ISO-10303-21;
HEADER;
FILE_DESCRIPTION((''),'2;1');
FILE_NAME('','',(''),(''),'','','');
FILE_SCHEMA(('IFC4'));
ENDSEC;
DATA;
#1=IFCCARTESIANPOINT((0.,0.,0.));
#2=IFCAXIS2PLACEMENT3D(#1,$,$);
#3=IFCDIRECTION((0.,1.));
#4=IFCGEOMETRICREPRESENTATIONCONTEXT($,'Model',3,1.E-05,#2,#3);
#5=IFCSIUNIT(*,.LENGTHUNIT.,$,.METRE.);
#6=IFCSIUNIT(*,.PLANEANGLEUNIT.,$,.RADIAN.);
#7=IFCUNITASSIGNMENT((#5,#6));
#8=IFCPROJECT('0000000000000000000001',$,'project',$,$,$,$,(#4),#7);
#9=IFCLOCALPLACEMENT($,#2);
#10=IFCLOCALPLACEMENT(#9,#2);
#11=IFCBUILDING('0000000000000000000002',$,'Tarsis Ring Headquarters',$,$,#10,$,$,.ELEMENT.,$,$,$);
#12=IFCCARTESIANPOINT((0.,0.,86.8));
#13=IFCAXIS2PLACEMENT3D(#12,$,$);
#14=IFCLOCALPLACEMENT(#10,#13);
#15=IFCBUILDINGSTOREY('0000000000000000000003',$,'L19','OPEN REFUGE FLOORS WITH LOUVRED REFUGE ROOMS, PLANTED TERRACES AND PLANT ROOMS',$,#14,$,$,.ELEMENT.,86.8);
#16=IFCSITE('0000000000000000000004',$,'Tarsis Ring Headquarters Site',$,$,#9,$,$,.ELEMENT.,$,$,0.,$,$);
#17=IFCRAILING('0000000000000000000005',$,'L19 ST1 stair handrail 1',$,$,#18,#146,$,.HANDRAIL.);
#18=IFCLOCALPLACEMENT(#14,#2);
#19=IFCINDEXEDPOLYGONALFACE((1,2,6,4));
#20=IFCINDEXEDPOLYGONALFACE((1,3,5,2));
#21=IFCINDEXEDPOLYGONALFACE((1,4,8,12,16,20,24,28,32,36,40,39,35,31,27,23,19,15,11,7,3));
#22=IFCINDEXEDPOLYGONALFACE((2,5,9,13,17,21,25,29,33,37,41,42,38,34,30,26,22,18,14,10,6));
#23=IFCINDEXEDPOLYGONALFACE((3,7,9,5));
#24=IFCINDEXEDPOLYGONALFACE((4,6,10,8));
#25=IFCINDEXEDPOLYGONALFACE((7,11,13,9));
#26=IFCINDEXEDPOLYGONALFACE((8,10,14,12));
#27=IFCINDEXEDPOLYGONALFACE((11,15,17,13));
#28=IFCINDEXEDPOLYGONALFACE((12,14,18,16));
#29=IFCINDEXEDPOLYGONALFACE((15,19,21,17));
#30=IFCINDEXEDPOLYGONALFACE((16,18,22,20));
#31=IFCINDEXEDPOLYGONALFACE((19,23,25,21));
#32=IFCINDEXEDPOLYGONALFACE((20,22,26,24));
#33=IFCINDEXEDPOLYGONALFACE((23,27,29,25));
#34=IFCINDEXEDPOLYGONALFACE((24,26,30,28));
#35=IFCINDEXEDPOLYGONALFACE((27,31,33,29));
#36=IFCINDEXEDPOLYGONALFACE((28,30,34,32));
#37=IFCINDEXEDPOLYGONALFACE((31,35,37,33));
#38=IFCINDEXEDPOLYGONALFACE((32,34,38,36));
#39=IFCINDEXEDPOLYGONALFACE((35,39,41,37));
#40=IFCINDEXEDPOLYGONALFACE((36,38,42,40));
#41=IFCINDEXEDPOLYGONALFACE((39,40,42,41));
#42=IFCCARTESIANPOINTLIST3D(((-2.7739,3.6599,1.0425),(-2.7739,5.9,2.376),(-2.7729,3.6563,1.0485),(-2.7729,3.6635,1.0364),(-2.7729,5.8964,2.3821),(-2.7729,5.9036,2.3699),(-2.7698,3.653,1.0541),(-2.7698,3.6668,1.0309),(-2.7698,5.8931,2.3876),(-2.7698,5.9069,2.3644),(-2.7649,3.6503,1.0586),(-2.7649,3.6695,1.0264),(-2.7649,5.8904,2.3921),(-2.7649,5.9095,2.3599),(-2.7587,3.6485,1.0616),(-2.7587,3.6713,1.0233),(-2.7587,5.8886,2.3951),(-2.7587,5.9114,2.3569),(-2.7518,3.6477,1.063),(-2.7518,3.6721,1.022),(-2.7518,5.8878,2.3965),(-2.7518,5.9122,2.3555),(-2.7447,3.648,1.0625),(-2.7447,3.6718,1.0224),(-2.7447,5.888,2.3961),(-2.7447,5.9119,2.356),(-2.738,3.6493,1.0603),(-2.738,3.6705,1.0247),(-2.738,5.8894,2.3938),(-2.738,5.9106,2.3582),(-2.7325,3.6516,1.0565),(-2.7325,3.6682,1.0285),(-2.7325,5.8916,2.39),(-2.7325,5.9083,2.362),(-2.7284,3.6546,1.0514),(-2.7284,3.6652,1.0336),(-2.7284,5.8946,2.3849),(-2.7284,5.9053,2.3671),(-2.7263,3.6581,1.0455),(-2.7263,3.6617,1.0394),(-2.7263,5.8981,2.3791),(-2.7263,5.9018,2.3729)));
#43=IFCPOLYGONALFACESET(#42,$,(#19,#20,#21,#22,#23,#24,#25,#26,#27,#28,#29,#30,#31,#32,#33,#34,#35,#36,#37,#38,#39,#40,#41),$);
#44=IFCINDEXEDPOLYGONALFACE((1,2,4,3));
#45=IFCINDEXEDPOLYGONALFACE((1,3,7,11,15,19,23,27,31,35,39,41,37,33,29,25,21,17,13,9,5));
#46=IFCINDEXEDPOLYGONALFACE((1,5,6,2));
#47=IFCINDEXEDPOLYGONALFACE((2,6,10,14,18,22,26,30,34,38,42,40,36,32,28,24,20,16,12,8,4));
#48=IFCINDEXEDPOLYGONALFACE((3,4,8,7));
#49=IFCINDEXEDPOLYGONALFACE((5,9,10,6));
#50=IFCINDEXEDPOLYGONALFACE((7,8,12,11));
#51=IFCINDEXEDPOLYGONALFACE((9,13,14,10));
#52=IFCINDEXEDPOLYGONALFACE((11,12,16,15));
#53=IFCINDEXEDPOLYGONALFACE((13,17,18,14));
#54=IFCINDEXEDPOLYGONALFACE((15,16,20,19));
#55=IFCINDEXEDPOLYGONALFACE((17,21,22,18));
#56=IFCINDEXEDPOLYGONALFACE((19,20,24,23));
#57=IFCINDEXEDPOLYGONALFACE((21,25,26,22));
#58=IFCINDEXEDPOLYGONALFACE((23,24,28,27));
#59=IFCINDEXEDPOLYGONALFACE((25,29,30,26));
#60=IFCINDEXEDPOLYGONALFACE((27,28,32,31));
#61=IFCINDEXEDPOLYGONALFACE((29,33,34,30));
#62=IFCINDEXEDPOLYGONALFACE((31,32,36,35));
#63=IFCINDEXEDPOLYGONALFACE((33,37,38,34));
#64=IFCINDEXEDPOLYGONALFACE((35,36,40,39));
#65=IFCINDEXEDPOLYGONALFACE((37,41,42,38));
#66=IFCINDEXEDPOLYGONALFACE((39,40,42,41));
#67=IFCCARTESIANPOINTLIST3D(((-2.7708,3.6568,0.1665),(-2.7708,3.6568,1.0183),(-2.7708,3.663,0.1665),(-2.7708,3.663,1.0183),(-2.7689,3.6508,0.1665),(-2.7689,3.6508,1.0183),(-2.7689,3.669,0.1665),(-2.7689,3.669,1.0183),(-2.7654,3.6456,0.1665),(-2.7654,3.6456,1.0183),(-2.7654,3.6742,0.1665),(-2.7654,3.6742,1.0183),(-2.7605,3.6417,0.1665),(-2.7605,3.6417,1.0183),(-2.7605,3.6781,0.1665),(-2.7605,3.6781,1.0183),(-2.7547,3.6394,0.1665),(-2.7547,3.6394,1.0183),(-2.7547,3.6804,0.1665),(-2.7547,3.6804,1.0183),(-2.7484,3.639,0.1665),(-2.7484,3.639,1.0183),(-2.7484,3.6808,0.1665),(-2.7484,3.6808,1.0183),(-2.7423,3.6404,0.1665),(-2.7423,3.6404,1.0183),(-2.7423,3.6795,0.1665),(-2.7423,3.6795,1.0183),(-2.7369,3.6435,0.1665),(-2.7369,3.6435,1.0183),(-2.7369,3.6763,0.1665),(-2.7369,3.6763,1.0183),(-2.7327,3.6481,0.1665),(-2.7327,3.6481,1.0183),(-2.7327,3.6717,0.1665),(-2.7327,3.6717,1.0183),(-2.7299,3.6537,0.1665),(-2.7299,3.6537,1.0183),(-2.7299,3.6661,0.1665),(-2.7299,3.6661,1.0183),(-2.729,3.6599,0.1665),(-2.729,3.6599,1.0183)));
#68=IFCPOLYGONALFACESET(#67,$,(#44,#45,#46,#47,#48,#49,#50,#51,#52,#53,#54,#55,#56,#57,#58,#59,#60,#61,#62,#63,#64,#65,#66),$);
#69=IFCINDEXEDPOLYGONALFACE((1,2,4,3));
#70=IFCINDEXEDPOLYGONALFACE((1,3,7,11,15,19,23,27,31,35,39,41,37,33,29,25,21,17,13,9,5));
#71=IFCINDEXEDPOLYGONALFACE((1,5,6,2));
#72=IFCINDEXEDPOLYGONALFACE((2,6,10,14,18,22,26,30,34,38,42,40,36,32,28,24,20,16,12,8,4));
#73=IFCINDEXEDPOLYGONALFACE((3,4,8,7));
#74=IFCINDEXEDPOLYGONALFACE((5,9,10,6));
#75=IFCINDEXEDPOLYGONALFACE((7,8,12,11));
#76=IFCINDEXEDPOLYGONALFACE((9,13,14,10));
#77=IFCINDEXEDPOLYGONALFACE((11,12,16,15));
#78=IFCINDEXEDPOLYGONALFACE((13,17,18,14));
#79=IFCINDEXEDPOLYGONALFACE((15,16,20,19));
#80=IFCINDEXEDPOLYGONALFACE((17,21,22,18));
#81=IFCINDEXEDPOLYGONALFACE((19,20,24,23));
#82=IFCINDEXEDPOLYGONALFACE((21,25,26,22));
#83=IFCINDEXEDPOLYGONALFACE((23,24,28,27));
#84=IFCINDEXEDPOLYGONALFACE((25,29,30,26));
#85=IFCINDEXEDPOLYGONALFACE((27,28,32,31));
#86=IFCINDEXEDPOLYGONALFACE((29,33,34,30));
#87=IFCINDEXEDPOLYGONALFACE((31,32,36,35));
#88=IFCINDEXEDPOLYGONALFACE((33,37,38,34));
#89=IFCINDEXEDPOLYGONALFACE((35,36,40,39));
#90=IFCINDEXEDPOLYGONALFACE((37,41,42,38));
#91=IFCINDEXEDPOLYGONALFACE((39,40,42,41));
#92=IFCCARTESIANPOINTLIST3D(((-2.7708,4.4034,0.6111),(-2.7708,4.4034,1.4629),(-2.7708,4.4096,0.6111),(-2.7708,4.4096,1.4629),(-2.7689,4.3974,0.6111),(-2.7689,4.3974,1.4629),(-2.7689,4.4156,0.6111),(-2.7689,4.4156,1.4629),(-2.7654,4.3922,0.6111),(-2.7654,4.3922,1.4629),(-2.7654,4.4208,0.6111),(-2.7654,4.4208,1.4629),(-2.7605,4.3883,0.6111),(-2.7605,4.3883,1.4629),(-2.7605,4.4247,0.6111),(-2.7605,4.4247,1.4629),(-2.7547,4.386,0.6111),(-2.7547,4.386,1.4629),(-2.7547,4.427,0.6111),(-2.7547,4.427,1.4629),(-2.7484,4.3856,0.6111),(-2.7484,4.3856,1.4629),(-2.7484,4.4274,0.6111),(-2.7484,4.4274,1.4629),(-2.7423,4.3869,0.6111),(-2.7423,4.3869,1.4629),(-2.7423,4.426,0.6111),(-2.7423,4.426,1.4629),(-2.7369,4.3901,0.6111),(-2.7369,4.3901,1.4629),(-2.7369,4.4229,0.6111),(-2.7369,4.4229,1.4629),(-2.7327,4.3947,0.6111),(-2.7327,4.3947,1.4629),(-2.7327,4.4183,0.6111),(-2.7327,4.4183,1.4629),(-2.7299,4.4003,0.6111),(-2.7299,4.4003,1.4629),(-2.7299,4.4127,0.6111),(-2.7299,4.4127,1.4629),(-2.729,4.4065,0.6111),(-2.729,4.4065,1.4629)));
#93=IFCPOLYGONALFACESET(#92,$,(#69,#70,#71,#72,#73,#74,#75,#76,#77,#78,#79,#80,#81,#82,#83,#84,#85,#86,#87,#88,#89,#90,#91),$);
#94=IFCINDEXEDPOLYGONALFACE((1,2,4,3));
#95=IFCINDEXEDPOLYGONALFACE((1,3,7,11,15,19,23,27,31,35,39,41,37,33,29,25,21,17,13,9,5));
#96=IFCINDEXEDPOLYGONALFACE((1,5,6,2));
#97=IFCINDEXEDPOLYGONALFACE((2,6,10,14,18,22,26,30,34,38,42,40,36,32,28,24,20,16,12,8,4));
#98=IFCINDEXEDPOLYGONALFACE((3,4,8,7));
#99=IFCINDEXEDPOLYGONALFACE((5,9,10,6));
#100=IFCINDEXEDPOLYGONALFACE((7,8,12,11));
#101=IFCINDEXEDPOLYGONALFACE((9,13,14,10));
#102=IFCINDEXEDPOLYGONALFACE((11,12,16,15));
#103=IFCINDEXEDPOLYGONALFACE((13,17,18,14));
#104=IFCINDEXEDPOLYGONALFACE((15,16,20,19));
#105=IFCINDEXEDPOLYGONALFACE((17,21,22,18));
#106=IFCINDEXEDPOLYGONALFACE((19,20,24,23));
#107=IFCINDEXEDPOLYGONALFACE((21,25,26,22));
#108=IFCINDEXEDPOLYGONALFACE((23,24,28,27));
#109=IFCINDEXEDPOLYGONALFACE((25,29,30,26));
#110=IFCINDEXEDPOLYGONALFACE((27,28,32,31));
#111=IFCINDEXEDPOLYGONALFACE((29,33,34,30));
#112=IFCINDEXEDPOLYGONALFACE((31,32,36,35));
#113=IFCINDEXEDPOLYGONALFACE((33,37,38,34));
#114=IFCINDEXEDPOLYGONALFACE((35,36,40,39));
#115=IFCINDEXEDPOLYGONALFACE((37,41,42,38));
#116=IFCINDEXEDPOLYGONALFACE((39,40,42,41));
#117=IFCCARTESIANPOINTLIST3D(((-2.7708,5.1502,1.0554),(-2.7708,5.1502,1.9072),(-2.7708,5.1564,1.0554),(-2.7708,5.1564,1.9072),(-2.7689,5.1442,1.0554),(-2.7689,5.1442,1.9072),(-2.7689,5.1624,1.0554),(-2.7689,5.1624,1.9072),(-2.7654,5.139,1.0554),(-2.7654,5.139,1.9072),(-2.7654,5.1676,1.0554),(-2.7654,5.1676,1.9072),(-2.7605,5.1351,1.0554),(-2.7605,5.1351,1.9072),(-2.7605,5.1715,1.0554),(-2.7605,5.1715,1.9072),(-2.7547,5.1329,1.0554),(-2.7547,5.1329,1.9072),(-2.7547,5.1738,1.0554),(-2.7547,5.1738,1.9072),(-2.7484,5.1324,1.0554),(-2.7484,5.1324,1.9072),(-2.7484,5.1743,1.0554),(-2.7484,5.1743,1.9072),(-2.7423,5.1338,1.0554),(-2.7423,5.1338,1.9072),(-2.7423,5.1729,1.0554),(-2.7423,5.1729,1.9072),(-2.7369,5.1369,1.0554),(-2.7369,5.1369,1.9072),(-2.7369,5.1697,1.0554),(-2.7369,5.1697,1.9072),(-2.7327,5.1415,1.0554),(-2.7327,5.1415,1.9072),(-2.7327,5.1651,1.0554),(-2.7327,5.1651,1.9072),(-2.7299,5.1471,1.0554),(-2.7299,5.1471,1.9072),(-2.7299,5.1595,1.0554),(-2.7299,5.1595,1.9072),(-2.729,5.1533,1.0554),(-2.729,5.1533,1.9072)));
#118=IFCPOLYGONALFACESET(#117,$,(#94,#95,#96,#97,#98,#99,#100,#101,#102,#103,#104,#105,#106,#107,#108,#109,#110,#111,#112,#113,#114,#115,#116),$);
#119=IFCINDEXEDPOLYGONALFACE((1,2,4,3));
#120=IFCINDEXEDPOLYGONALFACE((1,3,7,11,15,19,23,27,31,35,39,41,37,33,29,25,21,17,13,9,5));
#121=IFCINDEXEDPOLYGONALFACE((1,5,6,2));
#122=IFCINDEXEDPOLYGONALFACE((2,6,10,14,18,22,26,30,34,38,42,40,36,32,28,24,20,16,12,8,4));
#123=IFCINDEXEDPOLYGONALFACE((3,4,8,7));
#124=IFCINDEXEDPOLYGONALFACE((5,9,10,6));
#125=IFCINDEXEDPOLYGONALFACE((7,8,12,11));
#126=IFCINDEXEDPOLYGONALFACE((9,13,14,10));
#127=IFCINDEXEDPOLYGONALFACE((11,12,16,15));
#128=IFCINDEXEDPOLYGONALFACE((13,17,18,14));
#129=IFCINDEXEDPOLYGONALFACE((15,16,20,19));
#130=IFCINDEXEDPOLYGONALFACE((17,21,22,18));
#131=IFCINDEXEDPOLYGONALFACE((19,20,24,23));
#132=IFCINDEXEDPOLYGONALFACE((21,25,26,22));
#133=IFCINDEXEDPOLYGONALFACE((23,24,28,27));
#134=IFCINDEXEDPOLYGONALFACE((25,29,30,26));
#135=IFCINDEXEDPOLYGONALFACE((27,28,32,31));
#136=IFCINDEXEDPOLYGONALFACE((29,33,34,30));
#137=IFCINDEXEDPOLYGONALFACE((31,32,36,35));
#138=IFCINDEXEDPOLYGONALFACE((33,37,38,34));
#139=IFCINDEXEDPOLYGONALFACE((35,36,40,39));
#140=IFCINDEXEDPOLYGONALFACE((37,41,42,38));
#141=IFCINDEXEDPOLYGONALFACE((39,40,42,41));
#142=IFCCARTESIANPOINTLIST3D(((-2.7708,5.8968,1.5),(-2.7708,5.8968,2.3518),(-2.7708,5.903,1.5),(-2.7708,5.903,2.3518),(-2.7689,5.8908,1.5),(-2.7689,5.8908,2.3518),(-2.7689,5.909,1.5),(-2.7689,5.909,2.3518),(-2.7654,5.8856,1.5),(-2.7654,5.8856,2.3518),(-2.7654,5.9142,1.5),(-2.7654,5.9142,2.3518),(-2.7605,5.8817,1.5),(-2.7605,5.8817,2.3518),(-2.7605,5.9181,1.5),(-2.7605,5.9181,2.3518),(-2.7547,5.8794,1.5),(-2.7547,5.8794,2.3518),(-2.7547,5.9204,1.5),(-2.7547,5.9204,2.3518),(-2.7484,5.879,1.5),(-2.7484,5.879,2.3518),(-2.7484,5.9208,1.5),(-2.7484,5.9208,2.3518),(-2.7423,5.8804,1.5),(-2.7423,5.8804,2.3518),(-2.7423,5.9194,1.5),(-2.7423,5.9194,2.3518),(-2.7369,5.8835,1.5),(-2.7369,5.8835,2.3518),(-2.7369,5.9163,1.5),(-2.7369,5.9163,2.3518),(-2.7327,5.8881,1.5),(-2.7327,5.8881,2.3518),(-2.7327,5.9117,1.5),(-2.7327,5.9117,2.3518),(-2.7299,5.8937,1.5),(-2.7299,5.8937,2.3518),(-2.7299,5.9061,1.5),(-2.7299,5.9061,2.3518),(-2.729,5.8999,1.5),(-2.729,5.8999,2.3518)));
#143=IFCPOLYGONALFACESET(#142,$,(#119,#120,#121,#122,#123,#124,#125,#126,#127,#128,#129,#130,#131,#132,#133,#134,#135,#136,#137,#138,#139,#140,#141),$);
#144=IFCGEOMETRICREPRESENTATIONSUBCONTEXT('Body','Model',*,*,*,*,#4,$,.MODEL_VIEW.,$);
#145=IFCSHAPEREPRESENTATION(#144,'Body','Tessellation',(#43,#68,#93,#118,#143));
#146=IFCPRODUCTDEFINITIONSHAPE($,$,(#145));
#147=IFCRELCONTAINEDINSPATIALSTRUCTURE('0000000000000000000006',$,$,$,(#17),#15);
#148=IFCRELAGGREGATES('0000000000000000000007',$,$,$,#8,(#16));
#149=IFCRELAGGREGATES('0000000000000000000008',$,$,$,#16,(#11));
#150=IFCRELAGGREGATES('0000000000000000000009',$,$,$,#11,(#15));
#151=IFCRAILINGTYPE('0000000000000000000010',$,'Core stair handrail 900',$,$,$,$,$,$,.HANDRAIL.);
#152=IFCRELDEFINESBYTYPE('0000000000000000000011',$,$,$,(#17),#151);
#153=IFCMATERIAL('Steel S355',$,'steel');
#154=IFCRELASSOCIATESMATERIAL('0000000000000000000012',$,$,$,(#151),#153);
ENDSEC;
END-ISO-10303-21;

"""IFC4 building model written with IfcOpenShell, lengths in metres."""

from ifc_helpers import new_model, si_unit, direction, frame, origin, origin_2d, place, context, subcontext, project, spatial, circle, extrude, material, type_object, element, save


model = new_model("IFC4")

# Units and contexts
model_context = context("Model", 3, precision=1e-05, world=origin(), true_north=direction((0.0, 1.0)))
body_context = subcontext(model_context, "Body", "Model", "MODEL_VIEW")
ifc_project = project(units=[si_unit("LENGTHUNIT", "METRE"), si_unit("PLANEANGLEUNIT", "RADIAN")], contexts=[model_context])

# Site, building, storey
site_placement = place(None, origin())
site = spatial("IfcSite", under=ifc_project, at=site_placement, Name="Tarsis Ring Headquarters Site", CompositionType="ELEMENT", RefElevation=0.0)
building_placement = place(site_placement, origin())
building = spatial("IfcBuilding", under=site, at=building_placement, Name="Tarsis Ring Headquarters", CompositionType="ELEMENT")
storey_placement = place(building_placement, frame((0.0, 0.0, 86.8)))
storey = spatial("IfcBuildingStorey", under=building, at=storey_placement, Name="L19", Description="OPEN REFUGE FLOORS WITH LOUVRED REFUGE ROOMS, PLANTED TERRACES AND PLANT ROOMS", CompositionType="ELEMENT", Elevation=86.8)

# Shared definitions
ifc_material_1 = material(Name="Steel S355", Category="steel")

# Railing
railing_type_1 = type_object("IfcRailingType", Name="Core stair handrail 900", PredefinedType="HANDRAIL", material=ifc_material_1)
railing_1_placement = place(storey_placement, frame((-2.75, 3.6599, 0.1665)))
element("IfcRailing", 1, at=railing_1_placement, inside=storey, type_object=railing_type_1, Name="L19 ST1 stair handrail 1", PredefinedType="HANDRAIL", context=body_context, shape_type="SweptSolid", body=[
    extrude(circle(Radius=0.0239, at=origin_2d()), frame((0.0, 0.0, 0.876), z_axis=(0.0, 0.859264, 0.511532), x_axis=(-1.0, 0.0, 0.0)), (0.0, 0.0, 1.0), 2.6069),
    extrude(circle(Radius=0.021, at=origin_2d()), origin(), (0.0, 0.0, 1.0), 0.8518),
    extrude(circle(Radius=0.021, at=origin_2d()), frame((0.0, 0.7466, 0.4446)), (0.0, 0.0, 1.0), 0.8518),
    extrude(circle(Radius=0.021, at=origin_2d()), frame((0.0, 1.4934, 0.8889)), (0.0, 0.0, 1.0), 0.8518),
    extrude(circle(Radius=0.021, at=origin_2d()), frame((0.0, 2.24, 1.3335)), (0.0, 0.0, 1.0), 0.8518),
])

save(model, "model.ifc")
